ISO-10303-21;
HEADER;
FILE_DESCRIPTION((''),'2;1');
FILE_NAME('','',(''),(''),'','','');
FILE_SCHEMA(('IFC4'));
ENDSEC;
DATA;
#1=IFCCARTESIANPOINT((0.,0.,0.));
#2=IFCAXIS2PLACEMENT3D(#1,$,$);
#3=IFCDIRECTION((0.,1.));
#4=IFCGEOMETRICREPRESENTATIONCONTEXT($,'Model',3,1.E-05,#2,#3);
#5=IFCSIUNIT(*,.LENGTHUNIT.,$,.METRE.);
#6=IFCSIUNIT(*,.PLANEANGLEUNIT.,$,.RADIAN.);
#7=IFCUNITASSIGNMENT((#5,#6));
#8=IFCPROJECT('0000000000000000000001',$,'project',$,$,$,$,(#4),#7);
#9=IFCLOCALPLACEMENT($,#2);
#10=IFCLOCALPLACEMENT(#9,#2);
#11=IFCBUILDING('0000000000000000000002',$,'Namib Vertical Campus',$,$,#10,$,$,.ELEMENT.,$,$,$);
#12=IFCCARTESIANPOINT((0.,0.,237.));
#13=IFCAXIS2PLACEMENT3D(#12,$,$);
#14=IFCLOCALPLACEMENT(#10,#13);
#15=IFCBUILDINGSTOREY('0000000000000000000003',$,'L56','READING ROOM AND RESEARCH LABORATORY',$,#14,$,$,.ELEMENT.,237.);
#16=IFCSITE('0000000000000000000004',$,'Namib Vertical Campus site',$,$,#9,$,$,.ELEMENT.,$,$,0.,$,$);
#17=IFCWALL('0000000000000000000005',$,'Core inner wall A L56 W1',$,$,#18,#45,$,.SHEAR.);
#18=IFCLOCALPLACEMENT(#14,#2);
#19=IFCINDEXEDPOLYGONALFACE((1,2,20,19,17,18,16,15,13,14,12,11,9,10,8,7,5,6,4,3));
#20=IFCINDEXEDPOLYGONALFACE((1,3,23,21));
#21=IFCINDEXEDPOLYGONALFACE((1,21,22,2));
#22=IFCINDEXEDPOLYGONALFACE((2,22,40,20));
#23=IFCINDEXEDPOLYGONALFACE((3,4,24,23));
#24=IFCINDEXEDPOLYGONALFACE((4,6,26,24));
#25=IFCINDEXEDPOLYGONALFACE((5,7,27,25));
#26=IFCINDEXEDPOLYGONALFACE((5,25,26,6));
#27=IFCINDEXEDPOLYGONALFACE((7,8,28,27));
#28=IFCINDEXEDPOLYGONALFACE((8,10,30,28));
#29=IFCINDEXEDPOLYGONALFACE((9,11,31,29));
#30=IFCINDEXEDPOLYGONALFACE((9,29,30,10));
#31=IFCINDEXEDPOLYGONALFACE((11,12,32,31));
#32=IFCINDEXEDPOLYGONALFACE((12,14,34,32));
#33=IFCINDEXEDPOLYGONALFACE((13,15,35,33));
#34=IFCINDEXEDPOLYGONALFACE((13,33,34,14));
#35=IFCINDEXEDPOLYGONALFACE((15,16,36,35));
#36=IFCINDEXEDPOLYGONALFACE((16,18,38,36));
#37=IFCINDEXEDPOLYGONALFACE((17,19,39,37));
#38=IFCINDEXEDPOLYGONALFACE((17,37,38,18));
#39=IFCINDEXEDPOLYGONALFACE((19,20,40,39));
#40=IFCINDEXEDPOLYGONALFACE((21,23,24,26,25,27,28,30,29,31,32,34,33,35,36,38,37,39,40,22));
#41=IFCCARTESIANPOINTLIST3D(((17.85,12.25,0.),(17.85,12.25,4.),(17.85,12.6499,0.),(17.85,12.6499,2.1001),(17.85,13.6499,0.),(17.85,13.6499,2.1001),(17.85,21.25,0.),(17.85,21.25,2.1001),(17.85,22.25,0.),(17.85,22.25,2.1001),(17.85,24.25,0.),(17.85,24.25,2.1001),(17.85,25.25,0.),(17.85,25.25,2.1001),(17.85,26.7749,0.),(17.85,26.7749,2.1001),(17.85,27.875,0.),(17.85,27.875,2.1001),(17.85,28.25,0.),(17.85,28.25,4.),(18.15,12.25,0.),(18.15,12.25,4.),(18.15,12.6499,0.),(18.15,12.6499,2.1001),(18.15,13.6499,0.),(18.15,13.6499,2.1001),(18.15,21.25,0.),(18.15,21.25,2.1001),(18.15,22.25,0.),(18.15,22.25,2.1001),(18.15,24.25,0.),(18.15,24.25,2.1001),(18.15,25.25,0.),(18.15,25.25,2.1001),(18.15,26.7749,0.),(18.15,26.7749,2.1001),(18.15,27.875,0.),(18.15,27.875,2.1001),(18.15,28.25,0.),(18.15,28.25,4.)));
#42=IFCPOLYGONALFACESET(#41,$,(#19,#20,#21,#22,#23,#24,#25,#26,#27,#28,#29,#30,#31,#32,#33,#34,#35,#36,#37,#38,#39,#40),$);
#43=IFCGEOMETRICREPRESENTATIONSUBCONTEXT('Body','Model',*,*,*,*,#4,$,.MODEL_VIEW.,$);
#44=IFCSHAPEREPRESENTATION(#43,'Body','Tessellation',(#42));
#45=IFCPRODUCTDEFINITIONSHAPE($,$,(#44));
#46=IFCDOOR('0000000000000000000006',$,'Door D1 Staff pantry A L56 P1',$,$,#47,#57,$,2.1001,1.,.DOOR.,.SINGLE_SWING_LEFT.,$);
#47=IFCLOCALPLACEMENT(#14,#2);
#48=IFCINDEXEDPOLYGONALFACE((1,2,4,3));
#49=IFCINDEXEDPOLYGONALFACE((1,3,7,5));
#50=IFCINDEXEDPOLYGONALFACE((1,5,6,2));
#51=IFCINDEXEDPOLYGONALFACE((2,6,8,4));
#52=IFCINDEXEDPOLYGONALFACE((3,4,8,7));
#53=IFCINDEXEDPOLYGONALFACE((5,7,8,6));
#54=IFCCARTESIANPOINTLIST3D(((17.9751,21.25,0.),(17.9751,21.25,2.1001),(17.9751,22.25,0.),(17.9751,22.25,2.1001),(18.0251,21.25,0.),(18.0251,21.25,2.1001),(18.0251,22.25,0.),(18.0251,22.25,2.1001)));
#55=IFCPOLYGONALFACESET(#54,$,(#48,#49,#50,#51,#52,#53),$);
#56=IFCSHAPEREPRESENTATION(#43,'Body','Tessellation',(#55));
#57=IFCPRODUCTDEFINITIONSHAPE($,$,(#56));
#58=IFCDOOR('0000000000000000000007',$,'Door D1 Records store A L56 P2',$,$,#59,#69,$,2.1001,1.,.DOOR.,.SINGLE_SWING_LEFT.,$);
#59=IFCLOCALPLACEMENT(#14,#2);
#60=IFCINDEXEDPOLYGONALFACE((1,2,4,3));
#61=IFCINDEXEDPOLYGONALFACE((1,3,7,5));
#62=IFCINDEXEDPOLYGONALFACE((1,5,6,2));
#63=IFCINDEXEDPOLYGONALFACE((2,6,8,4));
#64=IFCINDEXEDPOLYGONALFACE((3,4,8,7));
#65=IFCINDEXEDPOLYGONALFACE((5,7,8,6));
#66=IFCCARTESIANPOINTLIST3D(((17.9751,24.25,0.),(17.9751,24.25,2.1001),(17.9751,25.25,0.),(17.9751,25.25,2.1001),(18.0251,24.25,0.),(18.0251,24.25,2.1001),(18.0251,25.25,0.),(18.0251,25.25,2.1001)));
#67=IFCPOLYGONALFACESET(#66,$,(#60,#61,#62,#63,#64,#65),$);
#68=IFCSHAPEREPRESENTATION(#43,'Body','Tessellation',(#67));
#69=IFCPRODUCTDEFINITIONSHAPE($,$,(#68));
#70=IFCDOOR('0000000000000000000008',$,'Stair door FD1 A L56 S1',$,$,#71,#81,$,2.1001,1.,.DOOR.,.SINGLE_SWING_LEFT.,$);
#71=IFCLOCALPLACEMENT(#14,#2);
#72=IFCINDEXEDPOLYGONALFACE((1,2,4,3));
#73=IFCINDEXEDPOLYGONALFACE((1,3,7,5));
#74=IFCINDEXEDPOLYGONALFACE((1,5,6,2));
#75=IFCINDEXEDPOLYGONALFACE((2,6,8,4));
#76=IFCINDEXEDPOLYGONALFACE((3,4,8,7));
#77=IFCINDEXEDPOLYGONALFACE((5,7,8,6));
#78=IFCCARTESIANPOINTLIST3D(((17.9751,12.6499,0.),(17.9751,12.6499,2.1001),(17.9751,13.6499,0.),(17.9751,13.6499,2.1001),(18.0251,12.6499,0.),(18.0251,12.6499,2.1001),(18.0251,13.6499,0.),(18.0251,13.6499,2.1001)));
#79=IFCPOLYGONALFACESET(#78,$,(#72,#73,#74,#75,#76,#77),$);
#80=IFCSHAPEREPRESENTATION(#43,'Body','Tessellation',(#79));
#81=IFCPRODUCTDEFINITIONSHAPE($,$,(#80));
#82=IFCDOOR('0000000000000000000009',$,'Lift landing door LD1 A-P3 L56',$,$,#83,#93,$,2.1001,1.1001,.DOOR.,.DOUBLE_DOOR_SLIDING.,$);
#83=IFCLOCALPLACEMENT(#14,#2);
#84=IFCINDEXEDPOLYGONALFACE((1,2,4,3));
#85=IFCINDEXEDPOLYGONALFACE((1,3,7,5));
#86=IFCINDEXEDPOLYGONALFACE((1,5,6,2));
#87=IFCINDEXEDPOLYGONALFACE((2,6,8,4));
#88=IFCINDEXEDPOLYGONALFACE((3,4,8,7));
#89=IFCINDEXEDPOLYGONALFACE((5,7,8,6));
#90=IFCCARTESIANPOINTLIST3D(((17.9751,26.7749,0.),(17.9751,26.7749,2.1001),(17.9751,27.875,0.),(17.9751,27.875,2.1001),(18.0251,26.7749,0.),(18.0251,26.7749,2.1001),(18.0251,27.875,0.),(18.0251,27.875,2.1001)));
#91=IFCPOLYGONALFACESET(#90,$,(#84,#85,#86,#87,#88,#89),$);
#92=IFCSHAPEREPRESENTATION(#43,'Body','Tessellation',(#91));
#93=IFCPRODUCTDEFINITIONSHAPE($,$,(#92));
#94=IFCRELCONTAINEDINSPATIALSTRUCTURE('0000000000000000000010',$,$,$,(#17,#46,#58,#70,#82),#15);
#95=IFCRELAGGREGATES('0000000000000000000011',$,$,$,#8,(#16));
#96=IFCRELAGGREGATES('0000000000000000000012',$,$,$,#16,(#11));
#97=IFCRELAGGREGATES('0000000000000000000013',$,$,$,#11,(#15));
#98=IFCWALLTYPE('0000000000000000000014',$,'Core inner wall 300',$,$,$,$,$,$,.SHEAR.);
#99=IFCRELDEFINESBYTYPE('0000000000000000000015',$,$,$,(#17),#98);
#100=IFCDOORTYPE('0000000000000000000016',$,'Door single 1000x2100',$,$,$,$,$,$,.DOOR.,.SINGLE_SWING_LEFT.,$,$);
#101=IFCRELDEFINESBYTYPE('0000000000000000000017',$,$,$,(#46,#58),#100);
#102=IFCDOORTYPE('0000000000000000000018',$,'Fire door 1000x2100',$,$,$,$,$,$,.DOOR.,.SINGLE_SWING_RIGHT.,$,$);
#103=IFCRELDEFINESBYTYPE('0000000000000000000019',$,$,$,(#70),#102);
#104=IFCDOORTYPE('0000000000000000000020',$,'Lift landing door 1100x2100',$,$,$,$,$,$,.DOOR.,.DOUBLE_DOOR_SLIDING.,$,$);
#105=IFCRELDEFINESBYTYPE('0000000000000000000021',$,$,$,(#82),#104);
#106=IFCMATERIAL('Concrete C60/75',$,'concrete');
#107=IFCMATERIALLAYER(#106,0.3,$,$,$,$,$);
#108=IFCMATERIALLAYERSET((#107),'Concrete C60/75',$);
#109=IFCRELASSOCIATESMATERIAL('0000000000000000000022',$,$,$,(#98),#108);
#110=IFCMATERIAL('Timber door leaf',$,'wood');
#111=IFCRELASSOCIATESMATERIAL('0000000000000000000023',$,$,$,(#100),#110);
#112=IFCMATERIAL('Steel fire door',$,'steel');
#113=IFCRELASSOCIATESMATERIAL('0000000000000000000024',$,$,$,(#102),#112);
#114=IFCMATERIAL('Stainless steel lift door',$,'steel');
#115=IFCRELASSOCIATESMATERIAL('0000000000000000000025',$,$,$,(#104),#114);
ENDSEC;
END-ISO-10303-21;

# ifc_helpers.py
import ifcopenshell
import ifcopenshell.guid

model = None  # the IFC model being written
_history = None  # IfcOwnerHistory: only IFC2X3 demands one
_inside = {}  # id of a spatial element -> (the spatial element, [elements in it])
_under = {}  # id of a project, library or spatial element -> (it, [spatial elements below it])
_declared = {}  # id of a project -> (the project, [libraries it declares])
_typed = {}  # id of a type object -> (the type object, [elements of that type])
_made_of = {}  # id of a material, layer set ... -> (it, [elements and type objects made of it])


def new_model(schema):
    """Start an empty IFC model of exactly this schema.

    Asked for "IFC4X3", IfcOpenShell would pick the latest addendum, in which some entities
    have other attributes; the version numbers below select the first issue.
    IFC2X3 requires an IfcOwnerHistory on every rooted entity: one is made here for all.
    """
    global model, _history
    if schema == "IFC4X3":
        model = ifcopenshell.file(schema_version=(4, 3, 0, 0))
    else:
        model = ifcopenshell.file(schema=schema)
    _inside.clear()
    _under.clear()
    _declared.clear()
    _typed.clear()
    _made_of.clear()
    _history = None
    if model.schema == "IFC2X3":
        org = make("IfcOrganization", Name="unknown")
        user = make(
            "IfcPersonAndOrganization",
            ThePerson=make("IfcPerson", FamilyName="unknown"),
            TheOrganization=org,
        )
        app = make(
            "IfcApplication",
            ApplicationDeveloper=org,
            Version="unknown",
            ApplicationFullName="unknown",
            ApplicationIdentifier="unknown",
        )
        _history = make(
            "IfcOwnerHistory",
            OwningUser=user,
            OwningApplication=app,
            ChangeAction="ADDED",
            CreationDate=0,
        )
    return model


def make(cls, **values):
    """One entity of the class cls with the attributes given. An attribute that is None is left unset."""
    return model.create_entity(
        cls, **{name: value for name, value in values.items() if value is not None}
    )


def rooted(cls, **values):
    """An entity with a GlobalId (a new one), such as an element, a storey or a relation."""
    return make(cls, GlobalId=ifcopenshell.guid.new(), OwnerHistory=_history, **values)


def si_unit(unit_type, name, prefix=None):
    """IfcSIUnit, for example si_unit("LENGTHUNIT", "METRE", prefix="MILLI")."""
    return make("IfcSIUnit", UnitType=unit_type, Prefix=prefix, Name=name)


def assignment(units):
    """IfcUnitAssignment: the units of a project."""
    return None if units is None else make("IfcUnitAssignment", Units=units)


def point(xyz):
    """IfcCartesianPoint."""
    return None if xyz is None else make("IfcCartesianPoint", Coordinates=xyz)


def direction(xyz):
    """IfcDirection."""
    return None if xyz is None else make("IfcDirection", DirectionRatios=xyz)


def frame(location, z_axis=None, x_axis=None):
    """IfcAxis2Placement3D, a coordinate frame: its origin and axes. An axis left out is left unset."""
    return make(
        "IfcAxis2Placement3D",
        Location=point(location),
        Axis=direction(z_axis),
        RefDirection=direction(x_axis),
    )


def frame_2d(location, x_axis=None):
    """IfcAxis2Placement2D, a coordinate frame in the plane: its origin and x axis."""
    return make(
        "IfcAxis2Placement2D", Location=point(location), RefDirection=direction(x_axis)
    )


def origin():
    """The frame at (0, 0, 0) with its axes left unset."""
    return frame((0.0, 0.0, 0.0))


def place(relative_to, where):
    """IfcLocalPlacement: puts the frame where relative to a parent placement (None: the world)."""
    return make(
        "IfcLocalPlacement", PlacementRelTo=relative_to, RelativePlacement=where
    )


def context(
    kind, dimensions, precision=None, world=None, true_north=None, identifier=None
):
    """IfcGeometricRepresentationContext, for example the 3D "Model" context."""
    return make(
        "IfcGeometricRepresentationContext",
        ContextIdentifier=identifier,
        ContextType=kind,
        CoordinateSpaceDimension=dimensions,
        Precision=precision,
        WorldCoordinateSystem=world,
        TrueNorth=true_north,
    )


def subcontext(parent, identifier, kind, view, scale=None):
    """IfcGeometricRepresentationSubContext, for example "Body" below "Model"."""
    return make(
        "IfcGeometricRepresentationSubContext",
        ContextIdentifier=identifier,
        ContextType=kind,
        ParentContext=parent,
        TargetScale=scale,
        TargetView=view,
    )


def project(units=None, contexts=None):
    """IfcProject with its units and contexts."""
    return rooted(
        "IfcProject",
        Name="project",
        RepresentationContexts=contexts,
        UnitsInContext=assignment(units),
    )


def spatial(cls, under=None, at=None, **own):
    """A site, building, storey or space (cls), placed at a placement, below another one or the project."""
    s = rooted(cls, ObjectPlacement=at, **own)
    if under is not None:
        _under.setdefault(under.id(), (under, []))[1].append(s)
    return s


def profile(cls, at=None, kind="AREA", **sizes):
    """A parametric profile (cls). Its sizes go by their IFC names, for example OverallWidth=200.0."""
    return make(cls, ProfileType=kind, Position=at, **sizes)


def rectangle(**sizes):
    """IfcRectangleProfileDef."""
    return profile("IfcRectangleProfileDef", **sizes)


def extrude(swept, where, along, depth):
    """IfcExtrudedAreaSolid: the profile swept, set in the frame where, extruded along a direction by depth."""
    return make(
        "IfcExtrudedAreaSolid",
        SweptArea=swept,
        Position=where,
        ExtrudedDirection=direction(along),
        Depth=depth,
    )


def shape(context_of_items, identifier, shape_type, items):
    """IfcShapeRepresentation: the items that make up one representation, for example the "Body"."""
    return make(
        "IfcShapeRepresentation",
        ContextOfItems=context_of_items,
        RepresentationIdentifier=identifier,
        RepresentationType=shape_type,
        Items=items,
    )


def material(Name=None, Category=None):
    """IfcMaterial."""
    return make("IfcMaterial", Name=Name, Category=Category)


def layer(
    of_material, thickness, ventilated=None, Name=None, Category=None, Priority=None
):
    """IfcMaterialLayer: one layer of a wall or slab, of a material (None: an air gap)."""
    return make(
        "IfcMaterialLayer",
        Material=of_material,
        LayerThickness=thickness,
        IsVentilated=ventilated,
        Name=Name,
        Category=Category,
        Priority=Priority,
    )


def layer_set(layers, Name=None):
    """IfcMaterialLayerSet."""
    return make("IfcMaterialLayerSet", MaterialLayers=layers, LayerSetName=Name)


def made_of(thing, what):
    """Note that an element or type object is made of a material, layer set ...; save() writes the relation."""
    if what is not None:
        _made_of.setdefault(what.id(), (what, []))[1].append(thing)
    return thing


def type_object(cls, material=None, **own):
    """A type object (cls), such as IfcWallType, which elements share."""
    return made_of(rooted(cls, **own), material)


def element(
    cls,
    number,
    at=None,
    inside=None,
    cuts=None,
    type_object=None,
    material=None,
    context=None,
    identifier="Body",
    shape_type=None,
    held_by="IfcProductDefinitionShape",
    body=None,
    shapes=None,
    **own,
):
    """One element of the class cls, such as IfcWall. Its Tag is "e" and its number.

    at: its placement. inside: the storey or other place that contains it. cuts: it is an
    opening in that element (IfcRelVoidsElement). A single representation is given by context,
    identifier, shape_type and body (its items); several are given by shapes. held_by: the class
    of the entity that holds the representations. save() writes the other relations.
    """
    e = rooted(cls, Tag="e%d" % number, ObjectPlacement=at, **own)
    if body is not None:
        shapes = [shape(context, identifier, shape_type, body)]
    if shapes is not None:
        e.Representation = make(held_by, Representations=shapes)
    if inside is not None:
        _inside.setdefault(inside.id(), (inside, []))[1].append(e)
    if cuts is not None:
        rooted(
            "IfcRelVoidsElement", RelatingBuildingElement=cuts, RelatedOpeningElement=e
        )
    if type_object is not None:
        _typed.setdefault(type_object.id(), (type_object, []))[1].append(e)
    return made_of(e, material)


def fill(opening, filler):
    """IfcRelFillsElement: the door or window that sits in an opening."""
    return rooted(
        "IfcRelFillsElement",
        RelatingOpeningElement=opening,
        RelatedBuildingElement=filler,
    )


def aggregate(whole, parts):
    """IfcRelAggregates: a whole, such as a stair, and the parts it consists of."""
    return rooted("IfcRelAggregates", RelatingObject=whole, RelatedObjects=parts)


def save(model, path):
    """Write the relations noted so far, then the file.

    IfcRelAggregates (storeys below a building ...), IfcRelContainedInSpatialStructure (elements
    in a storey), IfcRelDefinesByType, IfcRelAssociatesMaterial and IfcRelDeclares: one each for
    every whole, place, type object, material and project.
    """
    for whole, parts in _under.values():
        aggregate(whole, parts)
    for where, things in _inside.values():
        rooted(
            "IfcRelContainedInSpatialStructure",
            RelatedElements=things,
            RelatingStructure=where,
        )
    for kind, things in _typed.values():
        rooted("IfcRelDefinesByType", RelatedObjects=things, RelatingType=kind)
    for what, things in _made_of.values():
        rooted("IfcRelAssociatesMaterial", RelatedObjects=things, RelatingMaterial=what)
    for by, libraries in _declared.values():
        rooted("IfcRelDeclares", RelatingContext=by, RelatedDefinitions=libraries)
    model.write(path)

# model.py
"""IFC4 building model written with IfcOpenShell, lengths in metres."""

from ifc_helpers import new_model, si_unit, direction, frame, frame_2d, origin, place, context, subcontext, project, spatial, rectangle, extrude, material, layer, layer_set, type_object, element, fill, save


model = new_model("IFC4")

# Units and contexts
model_context = context("Model", 3, precision=1e-05, world=origin(), true_north=direction((0.0, 1.0)))
body_context = subcontext(model_context, "Body", "Model", "MODEL_VIEW")
ifc_project = project(units=[si_unit("LENGTHUNIT", "METRE"), si_unit("PLANEANGLEUNIT", "RADIAN")], contexts=[model_context])

# Site, building, storey
site_placement = place(None, origin())
site = spatial("IfcSite", under=ifc_project, at=site_placement, Name="Namib Vertical Campus site", CompositionType="ELEMENT", RefElevation=0.0)
building_placement = place(site_placement, origin())
building = spatial("IfcBuilding", under=site, at=building_placement, Name="Namib Vertical Campus", CompositionType="ELEMENT")
storey_placement = place(building_placement, frame((0.0, 0.0, 237.0)))
storey = spatial("IfcBuildingStorey", under=building, at=storey_placement, Name="L56", Description="READING ROOM AND RESEARCH LABORATORY", CompositionType="ELEMENT", Elevation=237.0)

# Wall, openings, doors
ifc_material_1 = material(Name="Concrete C60/75", Category="concrete")
ifc_layer_1 = layer(ifc_material_1, 0.3)
ifc_layer_set_1 = layer_set([ifc_layer_1], Name="Concrete C60/75")
wall_type_1 = type_object("IfcWallType", Name="Core inner wall 300", PredefinedType="SHEAR", material=ifc_layer_set_1)
wall_1_placement = place(storey_placement, frame((18.0, 12.25, 0.0), z_axis=(0.0, 0.0, 1.0), x_axis=(0.0, 1.0, 0.0)))
wall_1 = element("IfcWall", 1, at=wall_1_placement, inside=storey, type_object=wall_type_1, Name="Core inner wall A L56 W1", PredefinedType="SHEAR", context=body_context, shape_type="SweptSolid", body=[
    extrude(rectangle(XDim=16.0, YDim=0.3, at=frame_2d((8.0, 0.0))), origin(), (0.0, 0.0, 1.0), 4.0),
])
opening_1_placement = place(wall_1_placement, frame((0.3999, 0.0, 0.0)))
opening_1 = element("IfcOpeningElement", 2, at=opening_1_placement, cuts=wall_1, PredefinedType="OPENING", context=body_context, shape_type="SweptSolid", body=[
    extrude(rectangle(XDim=1.0, YDim=2.1001, at=frame_2d((0.5, 1.05))), frame((0.0, 0.1599, 0.0), z_axis=(0.0, -1.0, 0.0), x_axis=(1.0, 0.0, 0.0)), (0.0, 0.0, 1.0), 0.3201),
])
opening_2_placement = place(wall_1_placement, frame((14.5249, 0.0, 0.0)))
opening_2 = element("IfcOpeningElement", 3, at=opening_2_placement, cuts=wall_1, PredefinedType="OPENING", context=body_context, shape_type="SweptSolid", body=[
    extrude(rectangle(XDim=1.1001, YDim=2.1001, at=frame_2d((0.55, 1.05))), frame((0.0, 0.1599, 0.0), z_axis=(0.0, -1.0, 0.0), x_axis=(1.0, 0.0, 0.0)), (0.0, 0.0, 1.0), 0.3201),
])
opening_3_placement = place(wall_1_placement, frame((9.0, 0.0, 0.0)))
opening_3 = element("IfcOpeningElement", 4, at=opening_3_placement, cuts=wall_1, PredefinedType="OPENING", context=body_context, shape_type="SweptSolid", body=[
    extrude(rectangle(XDim=1.0, YDim=2.1001, at=frame_2d((0.5, 1.05))), frame((0.0, 0.1599, 0.0), z_axis=(0.0, -1.0, 0.0), x_axis=(1.0, 0.0, 0.0)), (0.0, 0.0, 1.0), 0.3201),
])
opening_4_placement = place(wall_1_placement, frame((12.0, 0.0, 0.0)))
opening_4 = element("IfcOpeningElement", 5, at=opening_4_placement, cuts=wall_1, PredefinedType="OPENING", context=body_context, shape_type="SweptSolid", body=[
    extrude(rectangle(XDim=1.0, YDim=2.1001, at=frame_2d((0.5, 1.05))), frame((0.0, 0.1599, 0.0), z_axis=(0.0, -1.0, 0.0), x_axis=(1.0, 0.0, 0.0)), (0.0, 0.0, 1.0), 0.3201),
])
ifc_material_2 = material(Name="Timber door leaf", Category="wood")
door_type_1 = type_object("IfcDoorType", Name="Door single 1000x2100", OperationType="SINGLE_SWING_LEFT", PredefinedType="DOOR", material=ifc_material_2)
door_1_placement = place(opening_3_placement, origin())
door_1 = element("IfcDoor", 6, at=door_1_placement, inside=storey, type_object=door_type_1, Name="Door D1 Staff pantry A L56 P1", OperationType="SINGLE_SWING_LEFT", OverallHeight=2.1001, OverallWidth=1.0, PredefinedType="DOOR", context=body_context, shape_type="SweptSolid", body=[
    extrude(rectangle(XDim=1.0, YDim=2.1001, at=frame_2d((0.5, 1.05))), frame((0.0, 0.0249, 0.0), z_axis=(0.0, -1.0, 0.0), x_axis=(1.0, 0.0, 0.0)), (0.0, 0.0, 1.0), 0.05),
])
fill(opening_3, door_1)
door_2_placement = place(opening_4_placement, origin())
door_2 = element("IfcDoor", 7, at=door_2_placement, inside=storey, type_object=door_type_1, Name="Door D1 Records store A L56 P2", OperationType="SINGLE_SWING_LEFT", OverallHeight=2.1001, OverallWidth=1.0, PredefinedType="DOOR", context=body_context, shape_type="SweptSolid", body=[
    extrude(rectangle(XDim=1.0, YDim=2.1001, at=frame_2d((0.5, 1.05))), frame((0.0, 0.0249, 0.0), z_axis=(0.0, -1.0, 0.0), x_axis=(1.0, 0.0, 0.0)), (0.0, 0.0, 1.0), 0.05),
])
fill(opening_4, door_2)
ifc_material_3 = material(Name="Steel fire door", Category="steel")
door_type_2 = type_object("IfcDoorType", Name="Fire door 1000x2100", OperationType="SINGLE_SWING_RIGHT", PredefinedType="DOOR", material=ifc_material_3)
door_3_placement = place(opening_1_placement, origin())
door_3 = element("IfcDoor", 8, at=door_3_placement, inside=storey, type_object=door_type_2, Name="Stair door FD1 A L56 S1", OperationType="SINGLE_SWING_LEFT", OverallHeight=2.1001, OverallWidth=1.0, PredefinedType="DOOR", context=body_context, shape_type="SweptSolid", body=[
    extrude(rectangle(XDim=1.0, YDim=2.1001, at=frame_2d((0.5, 1.05))), frame((0.0, 0.0249, 0.0), z_axis=(0.0, -1.0, 0.0), x_axis=(1.0, 0.0, 0.0)), (0.0, 0.0, 1.0), 0.05),
])
fill(opening_1, door_3)
ifc_material_4 = material(Name="Stainless steel lift door", Category="steel")
door_type_3 = type_object("IfcDoorType", Name="Lift landing door 1100x2100", OperationType="DOUBLE_DOOR_SLIDING", PredefinedType="DOOR", material=ifc_material_4)
door_4_placement = place(opening_2_placement, origin())
door_4 = element("IfcDoor", 9, at=door_4_placement, inside=storey, type_object=door_type_3, Name="Lift landing door LD1 A-P3 L56", OperationType="DOUBLE_DOOR_SLIDING", OverallHeight=2.1001, OverallWidth=1.1001, PredefinedType="DOOR", context=body_context, shape_type="SweptSolid", body=[
    extrude(rectangle(XDim=1.1001, YDim=2.1001, at=frame_2d((0.55, 1.05))), frame((0.0, 0.0249, 0.0), z_axis=(0.0, -1.0, 0.0), x_axis=(1.0, 0.0, 0.0)), (0.0, 0.0, 1.0), 0.05),
])
fill(opening_2, door_4)

save(model, "model.ifc")
